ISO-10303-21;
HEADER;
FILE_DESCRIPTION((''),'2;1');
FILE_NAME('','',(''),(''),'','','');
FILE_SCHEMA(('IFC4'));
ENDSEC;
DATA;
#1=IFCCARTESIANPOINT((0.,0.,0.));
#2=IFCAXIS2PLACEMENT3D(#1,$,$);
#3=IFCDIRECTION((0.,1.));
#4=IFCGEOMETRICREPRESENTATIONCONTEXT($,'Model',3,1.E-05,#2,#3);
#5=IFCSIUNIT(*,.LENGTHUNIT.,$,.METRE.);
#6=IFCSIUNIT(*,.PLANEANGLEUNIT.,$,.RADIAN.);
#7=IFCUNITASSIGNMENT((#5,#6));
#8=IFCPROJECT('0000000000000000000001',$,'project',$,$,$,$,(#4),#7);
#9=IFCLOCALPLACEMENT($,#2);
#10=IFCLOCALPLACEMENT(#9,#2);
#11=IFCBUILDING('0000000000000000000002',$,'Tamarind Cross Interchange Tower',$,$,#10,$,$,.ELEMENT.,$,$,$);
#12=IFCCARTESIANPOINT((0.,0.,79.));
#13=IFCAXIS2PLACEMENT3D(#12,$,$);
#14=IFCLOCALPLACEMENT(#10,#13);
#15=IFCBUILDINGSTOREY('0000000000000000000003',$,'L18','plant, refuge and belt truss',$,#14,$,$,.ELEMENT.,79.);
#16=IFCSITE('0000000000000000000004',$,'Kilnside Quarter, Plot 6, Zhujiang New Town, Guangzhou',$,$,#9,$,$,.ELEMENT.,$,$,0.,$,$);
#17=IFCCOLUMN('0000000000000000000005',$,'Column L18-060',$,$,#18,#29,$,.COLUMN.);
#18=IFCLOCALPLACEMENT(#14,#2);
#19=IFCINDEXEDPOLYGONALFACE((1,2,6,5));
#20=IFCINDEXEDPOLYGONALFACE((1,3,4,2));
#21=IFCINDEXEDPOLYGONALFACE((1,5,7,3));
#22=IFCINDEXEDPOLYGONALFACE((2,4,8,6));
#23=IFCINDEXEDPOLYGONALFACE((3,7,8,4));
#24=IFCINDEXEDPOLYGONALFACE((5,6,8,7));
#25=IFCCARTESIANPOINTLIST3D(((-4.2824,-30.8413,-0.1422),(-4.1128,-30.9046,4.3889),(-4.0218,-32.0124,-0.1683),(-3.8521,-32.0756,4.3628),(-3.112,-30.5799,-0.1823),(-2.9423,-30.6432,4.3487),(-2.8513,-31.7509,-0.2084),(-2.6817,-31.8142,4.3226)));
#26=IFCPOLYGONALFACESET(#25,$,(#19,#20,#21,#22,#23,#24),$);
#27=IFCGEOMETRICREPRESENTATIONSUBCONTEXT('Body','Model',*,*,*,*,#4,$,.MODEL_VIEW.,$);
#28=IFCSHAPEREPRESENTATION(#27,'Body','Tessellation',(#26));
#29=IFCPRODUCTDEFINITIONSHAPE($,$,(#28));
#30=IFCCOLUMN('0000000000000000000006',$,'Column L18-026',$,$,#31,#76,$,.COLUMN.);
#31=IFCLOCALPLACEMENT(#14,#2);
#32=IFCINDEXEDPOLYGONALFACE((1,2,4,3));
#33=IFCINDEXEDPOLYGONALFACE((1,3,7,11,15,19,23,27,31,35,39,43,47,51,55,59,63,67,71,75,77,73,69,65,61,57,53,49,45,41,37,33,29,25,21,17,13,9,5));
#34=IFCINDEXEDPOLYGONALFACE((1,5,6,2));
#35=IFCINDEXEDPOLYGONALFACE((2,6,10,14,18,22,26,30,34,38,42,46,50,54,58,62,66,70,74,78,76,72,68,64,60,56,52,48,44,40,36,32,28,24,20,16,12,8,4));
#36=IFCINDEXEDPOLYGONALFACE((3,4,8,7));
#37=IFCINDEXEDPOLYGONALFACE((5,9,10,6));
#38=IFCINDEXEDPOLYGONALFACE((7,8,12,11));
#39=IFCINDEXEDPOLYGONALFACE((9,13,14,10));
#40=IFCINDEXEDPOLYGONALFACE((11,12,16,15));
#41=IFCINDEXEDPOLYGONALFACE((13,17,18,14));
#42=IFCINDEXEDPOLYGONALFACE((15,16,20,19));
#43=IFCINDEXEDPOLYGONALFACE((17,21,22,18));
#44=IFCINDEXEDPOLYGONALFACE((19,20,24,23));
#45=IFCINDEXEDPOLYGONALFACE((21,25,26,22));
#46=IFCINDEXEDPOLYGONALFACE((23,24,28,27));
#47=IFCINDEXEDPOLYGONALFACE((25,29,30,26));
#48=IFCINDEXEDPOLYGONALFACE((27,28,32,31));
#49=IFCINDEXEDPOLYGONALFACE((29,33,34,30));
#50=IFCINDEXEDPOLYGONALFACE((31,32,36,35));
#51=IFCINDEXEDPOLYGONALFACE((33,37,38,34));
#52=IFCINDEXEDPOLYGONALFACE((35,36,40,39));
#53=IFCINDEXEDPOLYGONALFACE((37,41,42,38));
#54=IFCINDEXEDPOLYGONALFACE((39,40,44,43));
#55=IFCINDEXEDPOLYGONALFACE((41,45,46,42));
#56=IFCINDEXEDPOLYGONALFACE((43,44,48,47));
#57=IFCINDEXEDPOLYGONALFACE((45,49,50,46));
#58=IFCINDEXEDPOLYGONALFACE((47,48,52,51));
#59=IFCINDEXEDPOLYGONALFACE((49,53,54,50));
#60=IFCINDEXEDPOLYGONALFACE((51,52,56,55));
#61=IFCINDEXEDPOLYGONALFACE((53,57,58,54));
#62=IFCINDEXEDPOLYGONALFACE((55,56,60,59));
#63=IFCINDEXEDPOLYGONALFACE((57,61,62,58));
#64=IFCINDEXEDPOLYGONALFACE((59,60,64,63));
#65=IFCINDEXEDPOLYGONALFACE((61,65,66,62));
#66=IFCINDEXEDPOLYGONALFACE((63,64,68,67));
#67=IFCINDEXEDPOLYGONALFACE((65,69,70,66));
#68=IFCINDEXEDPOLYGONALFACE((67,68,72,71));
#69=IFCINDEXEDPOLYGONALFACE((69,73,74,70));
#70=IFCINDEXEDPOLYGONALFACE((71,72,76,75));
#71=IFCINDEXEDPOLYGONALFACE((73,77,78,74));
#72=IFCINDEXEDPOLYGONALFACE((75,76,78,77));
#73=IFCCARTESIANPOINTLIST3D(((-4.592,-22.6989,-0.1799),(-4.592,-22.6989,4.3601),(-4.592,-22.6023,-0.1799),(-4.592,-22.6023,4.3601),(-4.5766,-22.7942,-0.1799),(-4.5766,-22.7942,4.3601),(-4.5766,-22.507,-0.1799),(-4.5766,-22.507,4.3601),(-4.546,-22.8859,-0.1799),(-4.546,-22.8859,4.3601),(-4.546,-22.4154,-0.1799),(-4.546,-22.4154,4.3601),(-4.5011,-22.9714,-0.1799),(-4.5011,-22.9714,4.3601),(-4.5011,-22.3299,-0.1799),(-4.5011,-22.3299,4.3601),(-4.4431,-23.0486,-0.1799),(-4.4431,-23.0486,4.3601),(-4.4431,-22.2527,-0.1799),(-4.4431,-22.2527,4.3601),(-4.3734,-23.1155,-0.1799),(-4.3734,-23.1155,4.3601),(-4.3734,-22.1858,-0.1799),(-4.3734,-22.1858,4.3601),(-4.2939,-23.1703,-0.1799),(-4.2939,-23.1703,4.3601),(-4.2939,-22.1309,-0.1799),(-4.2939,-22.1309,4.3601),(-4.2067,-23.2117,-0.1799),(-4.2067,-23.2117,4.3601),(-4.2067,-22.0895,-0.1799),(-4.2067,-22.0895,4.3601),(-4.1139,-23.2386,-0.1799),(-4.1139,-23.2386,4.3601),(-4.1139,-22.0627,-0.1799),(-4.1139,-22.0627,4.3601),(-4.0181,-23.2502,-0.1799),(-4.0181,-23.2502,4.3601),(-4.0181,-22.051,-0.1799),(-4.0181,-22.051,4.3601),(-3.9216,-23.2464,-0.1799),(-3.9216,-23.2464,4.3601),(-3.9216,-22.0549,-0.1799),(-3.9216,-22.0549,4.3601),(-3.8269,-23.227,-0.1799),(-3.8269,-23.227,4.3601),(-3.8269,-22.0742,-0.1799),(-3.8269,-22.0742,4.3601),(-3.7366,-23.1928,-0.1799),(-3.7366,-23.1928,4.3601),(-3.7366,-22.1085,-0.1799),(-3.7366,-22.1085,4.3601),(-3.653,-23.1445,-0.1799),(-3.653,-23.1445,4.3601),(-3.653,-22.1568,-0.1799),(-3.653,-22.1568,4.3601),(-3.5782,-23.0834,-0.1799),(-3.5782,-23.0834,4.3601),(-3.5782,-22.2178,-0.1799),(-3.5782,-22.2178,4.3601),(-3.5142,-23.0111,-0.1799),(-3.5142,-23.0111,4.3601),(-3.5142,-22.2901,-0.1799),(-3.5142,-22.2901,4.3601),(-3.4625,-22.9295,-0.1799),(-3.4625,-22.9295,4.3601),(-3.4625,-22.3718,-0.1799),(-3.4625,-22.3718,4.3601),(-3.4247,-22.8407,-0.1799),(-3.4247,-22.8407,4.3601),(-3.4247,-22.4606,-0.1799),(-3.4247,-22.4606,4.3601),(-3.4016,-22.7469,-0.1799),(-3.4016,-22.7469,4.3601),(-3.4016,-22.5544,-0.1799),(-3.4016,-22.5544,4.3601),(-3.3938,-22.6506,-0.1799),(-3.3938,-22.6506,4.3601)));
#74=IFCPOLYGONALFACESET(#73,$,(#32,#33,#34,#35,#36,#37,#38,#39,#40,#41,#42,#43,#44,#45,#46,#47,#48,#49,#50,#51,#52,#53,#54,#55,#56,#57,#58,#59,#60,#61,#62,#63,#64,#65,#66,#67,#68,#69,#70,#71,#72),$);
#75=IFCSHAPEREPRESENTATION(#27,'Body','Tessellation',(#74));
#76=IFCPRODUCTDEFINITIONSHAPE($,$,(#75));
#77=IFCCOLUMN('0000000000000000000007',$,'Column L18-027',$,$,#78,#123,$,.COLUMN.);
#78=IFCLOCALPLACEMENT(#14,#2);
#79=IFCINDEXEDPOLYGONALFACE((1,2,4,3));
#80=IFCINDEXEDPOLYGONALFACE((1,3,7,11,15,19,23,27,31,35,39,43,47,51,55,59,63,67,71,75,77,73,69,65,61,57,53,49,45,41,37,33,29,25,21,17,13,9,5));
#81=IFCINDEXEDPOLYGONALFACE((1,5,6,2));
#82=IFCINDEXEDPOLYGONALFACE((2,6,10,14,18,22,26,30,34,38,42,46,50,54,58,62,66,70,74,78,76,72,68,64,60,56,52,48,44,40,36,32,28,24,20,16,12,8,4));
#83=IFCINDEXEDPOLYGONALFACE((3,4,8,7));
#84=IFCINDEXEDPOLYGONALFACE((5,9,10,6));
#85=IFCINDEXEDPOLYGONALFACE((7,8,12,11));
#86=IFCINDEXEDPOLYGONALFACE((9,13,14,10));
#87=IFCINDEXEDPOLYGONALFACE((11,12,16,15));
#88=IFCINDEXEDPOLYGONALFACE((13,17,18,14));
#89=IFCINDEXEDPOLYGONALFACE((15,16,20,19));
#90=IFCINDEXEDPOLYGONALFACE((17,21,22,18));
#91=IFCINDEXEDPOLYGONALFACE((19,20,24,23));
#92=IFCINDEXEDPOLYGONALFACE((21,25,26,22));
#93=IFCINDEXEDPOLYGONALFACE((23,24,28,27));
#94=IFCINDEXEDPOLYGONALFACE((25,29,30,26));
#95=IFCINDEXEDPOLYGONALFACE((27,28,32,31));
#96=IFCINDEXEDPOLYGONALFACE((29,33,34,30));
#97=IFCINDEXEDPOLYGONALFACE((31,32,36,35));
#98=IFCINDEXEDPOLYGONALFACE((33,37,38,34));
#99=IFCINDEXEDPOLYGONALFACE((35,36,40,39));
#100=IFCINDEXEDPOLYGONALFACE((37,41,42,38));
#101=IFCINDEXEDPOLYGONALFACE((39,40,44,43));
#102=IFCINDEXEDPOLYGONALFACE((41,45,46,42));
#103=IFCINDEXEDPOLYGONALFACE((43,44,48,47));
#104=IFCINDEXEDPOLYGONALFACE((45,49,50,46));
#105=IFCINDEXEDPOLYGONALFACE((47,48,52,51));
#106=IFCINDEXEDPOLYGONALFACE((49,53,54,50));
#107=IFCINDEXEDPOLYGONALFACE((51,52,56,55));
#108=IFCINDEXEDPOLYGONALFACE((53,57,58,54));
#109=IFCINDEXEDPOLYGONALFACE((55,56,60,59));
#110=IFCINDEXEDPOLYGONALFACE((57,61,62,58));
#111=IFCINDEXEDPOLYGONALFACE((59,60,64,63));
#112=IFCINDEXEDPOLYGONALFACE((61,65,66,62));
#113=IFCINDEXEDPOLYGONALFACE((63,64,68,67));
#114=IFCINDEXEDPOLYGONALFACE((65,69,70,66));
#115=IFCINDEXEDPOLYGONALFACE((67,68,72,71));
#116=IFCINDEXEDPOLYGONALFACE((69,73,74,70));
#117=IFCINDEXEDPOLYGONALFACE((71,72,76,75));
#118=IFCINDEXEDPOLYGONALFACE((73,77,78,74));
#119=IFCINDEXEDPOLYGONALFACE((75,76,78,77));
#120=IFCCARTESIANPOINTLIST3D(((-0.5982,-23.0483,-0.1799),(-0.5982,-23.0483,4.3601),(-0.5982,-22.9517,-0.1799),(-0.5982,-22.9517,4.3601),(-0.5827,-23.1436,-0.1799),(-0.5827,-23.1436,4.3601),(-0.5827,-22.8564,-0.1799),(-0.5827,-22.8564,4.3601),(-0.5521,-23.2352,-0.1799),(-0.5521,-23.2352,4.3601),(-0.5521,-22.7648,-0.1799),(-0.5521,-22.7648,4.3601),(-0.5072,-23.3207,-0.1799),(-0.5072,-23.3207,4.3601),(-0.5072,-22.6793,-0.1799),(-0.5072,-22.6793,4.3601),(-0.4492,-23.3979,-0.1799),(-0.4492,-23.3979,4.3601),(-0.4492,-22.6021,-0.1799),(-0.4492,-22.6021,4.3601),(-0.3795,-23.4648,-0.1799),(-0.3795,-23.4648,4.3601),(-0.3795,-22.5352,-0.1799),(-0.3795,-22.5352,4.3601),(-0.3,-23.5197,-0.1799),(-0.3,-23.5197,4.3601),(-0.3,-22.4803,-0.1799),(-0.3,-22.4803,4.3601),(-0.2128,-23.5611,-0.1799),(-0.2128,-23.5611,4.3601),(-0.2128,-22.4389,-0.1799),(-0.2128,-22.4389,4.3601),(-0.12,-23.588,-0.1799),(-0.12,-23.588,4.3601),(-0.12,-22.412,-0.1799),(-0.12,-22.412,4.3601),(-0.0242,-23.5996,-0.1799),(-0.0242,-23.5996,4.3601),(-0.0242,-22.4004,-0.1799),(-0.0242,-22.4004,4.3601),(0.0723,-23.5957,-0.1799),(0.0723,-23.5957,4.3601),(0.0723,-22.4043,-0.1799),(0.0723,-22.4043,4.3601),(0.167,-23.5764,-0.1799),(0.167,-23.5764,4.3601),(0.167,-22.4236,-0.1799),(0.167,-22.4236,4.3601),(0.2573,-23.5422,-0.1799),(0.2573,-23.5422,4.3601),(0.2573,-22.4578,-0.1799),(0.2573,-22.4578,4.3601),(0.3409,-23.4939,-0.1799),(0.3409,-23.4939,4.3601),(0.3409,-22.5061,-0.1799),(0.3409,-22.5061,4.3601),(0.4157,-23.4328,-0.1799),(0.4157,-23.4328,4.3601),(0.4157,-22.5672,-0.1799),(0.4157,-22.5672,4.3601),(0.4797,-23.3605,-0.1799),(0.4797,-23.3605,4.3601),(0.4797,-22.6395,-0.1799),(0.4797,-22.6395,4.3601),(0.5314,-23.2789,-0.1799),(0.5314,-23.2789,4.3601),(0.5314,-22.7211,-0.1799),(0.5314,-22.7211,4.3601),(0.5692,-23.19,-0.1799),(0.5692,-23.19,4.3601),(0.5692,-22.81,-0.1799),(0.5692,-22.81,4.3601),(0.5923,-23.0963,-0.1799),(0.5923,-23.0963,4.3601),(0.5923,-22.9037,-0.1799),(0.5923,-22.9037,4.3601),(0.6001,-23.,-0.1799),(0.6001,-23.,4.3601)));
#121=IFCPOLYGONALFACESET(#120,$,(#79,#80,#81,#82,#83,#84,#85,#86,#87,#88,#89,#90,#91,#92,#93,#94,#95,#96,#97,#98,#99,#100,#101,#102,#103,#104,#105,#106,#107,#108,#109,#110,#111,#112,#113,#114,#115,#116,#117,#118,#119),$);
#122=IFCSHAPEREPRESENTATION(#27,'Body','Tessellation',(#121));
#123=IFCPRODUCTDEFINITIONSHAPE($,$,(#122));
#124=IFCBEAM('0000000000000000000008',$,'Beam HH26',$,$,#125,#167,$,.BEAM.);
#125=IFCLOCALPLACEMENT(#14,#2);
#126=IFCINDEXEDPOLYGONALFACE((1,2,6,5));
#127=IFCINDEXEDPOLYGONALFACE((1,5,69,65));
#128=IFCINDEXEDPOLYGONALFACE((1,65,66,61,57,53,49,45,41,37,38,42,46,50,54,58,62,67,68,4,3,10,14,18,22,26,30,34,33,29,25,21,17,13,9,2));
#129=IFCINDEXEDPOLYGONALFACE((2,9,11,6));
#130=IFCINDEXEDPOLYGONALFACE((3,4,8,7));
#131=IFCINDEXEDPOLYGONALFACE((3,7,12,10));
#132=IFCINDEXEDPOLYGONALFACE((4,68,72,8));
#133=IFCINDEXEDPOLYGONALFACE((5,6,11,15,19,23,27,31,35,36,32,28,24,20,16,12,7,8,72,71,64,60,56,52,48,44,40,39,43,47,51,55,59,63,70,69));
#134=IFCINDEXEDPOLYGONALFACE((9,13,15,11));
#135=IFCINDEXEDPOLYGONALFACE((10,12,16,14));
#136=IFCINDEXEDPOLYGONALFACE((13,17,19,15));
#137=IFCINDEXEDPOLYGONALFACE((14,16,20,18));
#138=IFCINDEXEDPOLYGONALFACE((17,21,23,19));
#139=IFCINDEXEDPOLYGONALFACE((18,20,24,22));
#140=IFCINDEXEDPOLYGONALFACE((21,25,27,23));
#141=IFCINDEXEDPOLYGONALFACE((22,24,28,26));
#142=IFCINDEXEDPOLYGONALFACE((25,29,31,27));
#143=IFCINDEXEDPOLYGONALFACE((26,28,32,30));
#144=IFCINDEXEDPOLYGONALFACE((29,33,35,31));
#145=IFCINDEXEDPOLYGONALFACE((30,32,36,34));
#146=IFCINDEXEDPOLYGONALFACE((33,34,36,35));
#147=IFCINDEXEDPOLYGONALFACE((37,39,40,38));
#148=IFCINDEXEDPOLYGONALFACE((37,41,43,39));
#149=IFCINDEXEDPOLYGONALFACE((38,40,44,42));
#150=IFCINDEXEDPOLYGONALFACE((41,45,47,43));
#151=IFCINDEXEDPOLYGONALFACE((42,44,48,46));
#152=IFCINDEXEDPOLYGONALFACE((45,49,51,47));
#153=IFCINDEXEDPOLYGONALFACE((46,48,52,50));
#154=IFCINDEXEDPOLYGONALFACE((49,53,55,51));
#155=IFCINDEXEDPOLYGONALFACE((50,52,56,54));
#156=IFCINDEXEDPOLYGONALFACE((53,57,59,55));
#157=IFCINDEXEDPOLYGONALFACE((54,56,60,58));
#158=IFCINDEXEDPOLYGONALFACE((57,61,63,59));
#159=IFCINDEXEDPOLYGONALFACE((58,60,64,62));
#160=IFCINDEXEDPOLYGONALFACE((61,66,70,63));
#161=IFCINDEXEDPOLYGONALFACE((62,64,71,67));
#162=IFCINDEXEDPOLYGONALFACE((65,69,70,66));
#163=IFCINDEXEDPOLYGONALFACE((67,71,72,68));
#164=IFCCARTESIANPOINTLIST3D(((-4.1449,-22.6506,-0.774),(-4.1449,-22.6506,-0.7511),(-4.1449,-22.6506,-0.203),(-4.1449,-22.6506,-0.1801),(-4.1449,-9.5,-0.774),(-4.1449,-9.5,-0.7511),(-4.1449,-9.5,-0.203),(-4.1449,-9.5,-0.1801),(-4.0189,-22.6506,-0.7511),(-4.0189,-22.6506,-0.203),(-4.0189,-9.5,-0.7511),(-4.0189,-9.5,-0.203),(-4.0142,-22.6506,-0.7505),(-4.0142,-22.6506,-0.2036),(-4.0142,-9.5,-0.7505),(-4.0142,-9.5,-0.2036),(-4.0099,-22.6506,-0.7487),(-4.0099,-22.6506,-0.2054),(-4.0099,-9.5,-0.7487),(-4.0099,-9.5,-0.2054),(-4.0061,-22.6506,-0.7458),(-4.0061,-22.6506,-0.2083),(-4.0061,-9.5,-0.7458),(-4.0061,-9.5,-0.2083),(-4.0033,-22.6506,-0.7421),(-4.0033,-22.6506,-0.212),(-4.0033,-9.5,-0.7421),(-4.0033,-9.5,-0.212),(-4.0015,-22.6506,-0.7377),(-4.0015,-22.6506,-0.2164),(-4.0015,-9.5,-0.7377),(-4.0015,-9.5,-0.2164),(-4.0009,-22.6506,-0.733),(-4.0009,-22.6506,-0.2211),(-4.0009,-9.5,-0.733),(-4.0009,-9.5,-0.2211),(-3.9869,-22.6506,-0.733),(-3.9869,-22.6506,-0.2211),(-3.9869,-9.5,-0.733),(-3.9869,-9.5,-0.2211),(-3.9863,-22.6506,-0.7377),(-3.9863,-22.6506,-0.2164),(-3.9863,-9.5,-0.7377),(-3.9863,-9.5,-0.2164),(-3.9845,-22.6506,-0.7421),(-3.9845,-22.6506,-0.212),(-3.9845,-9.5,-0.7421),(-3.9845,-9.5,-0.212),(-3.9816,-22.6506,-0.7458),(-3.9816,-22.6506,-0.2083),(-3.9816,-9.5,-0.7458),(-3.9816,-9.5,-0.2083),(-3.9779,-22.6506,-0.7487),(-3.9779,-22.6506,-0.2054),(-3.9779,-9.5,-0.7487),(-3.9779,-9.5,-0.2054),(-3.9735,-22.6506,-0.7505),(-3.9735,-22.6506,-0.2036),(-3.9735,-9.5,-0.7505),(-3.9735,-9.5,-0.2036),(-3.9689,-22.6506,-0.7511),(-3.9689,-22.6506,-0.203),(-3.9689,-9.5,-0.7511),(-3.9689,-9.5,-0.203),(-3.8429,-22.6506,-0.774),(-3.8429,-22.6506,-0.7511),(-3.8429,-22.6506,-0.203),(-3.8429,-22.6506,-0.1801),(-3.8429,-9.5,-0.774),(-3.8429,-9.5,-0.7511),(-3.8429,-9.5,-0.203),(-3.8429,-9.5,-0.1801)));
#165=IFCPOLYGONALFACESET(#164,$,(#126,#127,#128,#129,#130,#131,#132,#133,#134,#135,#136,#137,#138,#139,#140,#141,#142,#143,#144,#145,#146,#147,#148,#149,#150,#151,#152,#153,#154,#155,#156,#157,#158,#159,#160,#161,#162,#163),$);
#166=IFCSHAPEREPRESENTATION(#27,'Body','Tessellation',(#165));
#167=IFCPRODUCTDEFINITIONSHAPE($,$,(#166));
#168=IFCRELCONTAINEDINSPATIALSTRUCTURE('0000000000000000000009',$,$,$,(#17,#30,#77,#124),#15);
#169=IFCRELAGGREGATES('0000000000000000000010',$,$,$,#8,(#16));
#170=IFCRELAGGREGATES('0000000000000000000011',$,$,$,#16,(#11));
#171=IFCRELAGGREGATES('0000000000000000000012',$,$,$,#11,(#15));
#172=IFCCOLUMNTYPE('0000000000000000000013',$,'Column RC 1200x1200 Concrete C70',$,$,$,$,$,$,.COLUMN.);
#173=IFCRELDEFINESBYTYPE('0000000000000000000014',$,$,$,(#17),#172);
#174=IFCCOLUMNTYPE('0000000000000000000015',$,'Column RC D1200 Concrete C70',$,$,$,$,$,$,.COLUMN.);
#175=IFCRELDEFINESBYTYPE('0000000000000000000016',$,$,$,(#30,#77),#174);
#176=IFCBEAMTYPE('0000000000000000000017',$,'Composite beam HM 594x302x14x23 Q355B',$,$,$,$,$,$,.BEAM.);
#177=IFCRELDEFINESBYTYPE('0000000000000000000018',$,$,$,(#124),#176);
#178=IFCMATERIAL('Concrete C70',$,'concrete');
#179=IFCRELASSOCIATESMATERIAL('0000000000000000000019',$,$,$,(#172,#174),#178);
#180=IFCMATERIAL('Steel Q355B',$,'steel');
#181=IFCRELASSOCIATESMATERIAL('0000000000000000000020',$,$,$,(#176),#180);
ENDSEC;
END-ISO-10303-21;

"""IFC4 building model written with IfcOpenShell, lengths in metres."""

from ifc_helpers import new_model, si_unit, direction, frame, origin, origin_2d, place, context, subcontext, project, spatial, rectangle, circle, i_section, extrude, material, material_profile, profile_set, type_object, element, save


model = new_model("IFC4")

# Units and contexts
model_context = context("Model", 3, precision=1e-05, world=origin(), true_north=direction((0.0, 1.0)))
body_context = subcontext(model_context, "Body", "Model", "MODEL_VIEW")
ifc_project = project(units=[si_unit("LENGTHUNIT", "METRE"), si_unit("PLANEANGLEUNIT", "RADIAN")], contexts=[model_context])

# Site, building, storey
site_placement = place(None, origin())
site = spatial("IfcSite", under=ifc_project, at=site_placement, Name="Kilnside Quarter, Plot 6, Zhujiang New Town, Guangzhou", CompositionType="ELEMENT", RefElevation=0.0)
building_placement = place(site_placement, origin())
building = spatial("IfcBuilding", under=site, at=building_placement, Name="Tamarind Cross Interchange Tower", CompositionType="ELEMENT")
storey_placement = place(building_placement, frame((0.0, 0.0, 79.0)))
storey = spatial("IfcBuildingStorey", under=building, at=storey_placement, Name="L18", Description="plant, refuge and belt truss", CompositionType="ELEMENT", Elevation=79.0)

# Columns
ifc_material_1 = material(Name="Concrete C70", Category="concrete")
ifc_material_profile_1 = material_profile(ifc_material_1, rectangle(XDim=1.2, YDim=1.2, at=origin_2d()), Name="RC 1200x1200")
ifc_profile_set_1 = profile_set([ifc_material_profile_1], Name="Concrete C70")
column_type_1 = type_object("IfcColumnType", Name="Column RC 1200x1200 Concrete C70", PredefinedType="COLUMN", material=ifc_profile_set_1)
column_placement = place(storey_placement, frame((-3.5669, -31.2961, -0.1753), z_axis=(0.037418, -0.013944, 0.999202), x_axis=(-0.217218, 0.975881, 0.021753)))
element("IfcColumn", 1, at=column_placement, inside=storey, type_object=column_type_1, Name="Column L18-060", PredefinedType="COLUMN", context=body_context, shape_type="SweptSolid", body=[
    extrude(rectangle(XDim=1.2, YDim=1.2, at=origin_2d()), origin(), (0.0, 0.0, 1.0), 4.5347),
])
ifc_material_profile_2 = material_profile(ifc_material_1, circle(Radius=0.6001, at=origin_2d()), Name="RC D1200")
ifc_profile_set_2 = profile_set([ifc_material_profile_2], Name="Concrete C70")
column_type_2 = type_object("IfcColumnType", Name="Column RC D1200 Concrete C70", PredefinedType="COLUMN", material=ifc_profile_set_2)
for number, where, z_axis, x_axis, name in (
    (2, (-3.9939, -22.6506, -0.1799), (0.0, 0.0, 1.0), (1.0, 0.0, 0.0), "Column L18-026"),
    (3, (0.0, -23.0, -0.1799), (0.0, 0.0, 1.0), (1.0, 0.0, 0.0), "Column L18-027"),
):
    element("IfcColumn", number, at=place(storey_placement, frame(where, z_axis=z_axis, x_axis=x_axis)), inside=storey, type_object=column_type_2, Name=name, PredefinedType="COLUMN", context=body_context, shape_type="SweptSolid", body=[
        extrude(circle(Radius=0.6001, at=origin_2d()), origin(), (0.0, 0.0, 1.0), 4.54),
    ])

# Beam
ifc_material_2 = material(Name="Steel Q355B", Category="steel")
ifc_material_profile_3 = material_profile(ifc_material_2, i_section(OverallWidth=0.302, OverallDepth=0.594, WebThickness=0.0139, FlangeThickness=0.0229, FilletRadius=0.0181, at=origin_2d()), Name="HM 594x302x14x23")
ifc_profile_set_3 = profile_set([ifc_material_profile_3], Name="Steel Q355B")
beam_type_1 = type_object("IfcBeamType", Name="Composite beam HM 594x302x14x23 Q355B", PredefinedType="BEAM", material=ifc_profile_set_3)
beam_1_placement = place(storey_placement, frame((-3.9939, -22.6506, -0.4771), z_axis=(0.0, 1.0, 0.0), x_axis=(-1.0, 0.0, 0.0)))
element("IfcBeam", 4, at=beam_1_placement, inside=storey, type_object=beam_type_1, Name="Beam HH26", PredefinedType="BEAM", context=body_context, shape_type="SweptSolid", body=[
    extrude(i_section(OverallWidth=0.302, OverallDepth=0.594, WebThickness=0.0139, FlangeThickness=0.0229, FilletRadius=0.0181, at=origin_2d()), origin(), (0.0, 0.0, 1.0), 13.1506),
])

save(model, "model.ifc")
